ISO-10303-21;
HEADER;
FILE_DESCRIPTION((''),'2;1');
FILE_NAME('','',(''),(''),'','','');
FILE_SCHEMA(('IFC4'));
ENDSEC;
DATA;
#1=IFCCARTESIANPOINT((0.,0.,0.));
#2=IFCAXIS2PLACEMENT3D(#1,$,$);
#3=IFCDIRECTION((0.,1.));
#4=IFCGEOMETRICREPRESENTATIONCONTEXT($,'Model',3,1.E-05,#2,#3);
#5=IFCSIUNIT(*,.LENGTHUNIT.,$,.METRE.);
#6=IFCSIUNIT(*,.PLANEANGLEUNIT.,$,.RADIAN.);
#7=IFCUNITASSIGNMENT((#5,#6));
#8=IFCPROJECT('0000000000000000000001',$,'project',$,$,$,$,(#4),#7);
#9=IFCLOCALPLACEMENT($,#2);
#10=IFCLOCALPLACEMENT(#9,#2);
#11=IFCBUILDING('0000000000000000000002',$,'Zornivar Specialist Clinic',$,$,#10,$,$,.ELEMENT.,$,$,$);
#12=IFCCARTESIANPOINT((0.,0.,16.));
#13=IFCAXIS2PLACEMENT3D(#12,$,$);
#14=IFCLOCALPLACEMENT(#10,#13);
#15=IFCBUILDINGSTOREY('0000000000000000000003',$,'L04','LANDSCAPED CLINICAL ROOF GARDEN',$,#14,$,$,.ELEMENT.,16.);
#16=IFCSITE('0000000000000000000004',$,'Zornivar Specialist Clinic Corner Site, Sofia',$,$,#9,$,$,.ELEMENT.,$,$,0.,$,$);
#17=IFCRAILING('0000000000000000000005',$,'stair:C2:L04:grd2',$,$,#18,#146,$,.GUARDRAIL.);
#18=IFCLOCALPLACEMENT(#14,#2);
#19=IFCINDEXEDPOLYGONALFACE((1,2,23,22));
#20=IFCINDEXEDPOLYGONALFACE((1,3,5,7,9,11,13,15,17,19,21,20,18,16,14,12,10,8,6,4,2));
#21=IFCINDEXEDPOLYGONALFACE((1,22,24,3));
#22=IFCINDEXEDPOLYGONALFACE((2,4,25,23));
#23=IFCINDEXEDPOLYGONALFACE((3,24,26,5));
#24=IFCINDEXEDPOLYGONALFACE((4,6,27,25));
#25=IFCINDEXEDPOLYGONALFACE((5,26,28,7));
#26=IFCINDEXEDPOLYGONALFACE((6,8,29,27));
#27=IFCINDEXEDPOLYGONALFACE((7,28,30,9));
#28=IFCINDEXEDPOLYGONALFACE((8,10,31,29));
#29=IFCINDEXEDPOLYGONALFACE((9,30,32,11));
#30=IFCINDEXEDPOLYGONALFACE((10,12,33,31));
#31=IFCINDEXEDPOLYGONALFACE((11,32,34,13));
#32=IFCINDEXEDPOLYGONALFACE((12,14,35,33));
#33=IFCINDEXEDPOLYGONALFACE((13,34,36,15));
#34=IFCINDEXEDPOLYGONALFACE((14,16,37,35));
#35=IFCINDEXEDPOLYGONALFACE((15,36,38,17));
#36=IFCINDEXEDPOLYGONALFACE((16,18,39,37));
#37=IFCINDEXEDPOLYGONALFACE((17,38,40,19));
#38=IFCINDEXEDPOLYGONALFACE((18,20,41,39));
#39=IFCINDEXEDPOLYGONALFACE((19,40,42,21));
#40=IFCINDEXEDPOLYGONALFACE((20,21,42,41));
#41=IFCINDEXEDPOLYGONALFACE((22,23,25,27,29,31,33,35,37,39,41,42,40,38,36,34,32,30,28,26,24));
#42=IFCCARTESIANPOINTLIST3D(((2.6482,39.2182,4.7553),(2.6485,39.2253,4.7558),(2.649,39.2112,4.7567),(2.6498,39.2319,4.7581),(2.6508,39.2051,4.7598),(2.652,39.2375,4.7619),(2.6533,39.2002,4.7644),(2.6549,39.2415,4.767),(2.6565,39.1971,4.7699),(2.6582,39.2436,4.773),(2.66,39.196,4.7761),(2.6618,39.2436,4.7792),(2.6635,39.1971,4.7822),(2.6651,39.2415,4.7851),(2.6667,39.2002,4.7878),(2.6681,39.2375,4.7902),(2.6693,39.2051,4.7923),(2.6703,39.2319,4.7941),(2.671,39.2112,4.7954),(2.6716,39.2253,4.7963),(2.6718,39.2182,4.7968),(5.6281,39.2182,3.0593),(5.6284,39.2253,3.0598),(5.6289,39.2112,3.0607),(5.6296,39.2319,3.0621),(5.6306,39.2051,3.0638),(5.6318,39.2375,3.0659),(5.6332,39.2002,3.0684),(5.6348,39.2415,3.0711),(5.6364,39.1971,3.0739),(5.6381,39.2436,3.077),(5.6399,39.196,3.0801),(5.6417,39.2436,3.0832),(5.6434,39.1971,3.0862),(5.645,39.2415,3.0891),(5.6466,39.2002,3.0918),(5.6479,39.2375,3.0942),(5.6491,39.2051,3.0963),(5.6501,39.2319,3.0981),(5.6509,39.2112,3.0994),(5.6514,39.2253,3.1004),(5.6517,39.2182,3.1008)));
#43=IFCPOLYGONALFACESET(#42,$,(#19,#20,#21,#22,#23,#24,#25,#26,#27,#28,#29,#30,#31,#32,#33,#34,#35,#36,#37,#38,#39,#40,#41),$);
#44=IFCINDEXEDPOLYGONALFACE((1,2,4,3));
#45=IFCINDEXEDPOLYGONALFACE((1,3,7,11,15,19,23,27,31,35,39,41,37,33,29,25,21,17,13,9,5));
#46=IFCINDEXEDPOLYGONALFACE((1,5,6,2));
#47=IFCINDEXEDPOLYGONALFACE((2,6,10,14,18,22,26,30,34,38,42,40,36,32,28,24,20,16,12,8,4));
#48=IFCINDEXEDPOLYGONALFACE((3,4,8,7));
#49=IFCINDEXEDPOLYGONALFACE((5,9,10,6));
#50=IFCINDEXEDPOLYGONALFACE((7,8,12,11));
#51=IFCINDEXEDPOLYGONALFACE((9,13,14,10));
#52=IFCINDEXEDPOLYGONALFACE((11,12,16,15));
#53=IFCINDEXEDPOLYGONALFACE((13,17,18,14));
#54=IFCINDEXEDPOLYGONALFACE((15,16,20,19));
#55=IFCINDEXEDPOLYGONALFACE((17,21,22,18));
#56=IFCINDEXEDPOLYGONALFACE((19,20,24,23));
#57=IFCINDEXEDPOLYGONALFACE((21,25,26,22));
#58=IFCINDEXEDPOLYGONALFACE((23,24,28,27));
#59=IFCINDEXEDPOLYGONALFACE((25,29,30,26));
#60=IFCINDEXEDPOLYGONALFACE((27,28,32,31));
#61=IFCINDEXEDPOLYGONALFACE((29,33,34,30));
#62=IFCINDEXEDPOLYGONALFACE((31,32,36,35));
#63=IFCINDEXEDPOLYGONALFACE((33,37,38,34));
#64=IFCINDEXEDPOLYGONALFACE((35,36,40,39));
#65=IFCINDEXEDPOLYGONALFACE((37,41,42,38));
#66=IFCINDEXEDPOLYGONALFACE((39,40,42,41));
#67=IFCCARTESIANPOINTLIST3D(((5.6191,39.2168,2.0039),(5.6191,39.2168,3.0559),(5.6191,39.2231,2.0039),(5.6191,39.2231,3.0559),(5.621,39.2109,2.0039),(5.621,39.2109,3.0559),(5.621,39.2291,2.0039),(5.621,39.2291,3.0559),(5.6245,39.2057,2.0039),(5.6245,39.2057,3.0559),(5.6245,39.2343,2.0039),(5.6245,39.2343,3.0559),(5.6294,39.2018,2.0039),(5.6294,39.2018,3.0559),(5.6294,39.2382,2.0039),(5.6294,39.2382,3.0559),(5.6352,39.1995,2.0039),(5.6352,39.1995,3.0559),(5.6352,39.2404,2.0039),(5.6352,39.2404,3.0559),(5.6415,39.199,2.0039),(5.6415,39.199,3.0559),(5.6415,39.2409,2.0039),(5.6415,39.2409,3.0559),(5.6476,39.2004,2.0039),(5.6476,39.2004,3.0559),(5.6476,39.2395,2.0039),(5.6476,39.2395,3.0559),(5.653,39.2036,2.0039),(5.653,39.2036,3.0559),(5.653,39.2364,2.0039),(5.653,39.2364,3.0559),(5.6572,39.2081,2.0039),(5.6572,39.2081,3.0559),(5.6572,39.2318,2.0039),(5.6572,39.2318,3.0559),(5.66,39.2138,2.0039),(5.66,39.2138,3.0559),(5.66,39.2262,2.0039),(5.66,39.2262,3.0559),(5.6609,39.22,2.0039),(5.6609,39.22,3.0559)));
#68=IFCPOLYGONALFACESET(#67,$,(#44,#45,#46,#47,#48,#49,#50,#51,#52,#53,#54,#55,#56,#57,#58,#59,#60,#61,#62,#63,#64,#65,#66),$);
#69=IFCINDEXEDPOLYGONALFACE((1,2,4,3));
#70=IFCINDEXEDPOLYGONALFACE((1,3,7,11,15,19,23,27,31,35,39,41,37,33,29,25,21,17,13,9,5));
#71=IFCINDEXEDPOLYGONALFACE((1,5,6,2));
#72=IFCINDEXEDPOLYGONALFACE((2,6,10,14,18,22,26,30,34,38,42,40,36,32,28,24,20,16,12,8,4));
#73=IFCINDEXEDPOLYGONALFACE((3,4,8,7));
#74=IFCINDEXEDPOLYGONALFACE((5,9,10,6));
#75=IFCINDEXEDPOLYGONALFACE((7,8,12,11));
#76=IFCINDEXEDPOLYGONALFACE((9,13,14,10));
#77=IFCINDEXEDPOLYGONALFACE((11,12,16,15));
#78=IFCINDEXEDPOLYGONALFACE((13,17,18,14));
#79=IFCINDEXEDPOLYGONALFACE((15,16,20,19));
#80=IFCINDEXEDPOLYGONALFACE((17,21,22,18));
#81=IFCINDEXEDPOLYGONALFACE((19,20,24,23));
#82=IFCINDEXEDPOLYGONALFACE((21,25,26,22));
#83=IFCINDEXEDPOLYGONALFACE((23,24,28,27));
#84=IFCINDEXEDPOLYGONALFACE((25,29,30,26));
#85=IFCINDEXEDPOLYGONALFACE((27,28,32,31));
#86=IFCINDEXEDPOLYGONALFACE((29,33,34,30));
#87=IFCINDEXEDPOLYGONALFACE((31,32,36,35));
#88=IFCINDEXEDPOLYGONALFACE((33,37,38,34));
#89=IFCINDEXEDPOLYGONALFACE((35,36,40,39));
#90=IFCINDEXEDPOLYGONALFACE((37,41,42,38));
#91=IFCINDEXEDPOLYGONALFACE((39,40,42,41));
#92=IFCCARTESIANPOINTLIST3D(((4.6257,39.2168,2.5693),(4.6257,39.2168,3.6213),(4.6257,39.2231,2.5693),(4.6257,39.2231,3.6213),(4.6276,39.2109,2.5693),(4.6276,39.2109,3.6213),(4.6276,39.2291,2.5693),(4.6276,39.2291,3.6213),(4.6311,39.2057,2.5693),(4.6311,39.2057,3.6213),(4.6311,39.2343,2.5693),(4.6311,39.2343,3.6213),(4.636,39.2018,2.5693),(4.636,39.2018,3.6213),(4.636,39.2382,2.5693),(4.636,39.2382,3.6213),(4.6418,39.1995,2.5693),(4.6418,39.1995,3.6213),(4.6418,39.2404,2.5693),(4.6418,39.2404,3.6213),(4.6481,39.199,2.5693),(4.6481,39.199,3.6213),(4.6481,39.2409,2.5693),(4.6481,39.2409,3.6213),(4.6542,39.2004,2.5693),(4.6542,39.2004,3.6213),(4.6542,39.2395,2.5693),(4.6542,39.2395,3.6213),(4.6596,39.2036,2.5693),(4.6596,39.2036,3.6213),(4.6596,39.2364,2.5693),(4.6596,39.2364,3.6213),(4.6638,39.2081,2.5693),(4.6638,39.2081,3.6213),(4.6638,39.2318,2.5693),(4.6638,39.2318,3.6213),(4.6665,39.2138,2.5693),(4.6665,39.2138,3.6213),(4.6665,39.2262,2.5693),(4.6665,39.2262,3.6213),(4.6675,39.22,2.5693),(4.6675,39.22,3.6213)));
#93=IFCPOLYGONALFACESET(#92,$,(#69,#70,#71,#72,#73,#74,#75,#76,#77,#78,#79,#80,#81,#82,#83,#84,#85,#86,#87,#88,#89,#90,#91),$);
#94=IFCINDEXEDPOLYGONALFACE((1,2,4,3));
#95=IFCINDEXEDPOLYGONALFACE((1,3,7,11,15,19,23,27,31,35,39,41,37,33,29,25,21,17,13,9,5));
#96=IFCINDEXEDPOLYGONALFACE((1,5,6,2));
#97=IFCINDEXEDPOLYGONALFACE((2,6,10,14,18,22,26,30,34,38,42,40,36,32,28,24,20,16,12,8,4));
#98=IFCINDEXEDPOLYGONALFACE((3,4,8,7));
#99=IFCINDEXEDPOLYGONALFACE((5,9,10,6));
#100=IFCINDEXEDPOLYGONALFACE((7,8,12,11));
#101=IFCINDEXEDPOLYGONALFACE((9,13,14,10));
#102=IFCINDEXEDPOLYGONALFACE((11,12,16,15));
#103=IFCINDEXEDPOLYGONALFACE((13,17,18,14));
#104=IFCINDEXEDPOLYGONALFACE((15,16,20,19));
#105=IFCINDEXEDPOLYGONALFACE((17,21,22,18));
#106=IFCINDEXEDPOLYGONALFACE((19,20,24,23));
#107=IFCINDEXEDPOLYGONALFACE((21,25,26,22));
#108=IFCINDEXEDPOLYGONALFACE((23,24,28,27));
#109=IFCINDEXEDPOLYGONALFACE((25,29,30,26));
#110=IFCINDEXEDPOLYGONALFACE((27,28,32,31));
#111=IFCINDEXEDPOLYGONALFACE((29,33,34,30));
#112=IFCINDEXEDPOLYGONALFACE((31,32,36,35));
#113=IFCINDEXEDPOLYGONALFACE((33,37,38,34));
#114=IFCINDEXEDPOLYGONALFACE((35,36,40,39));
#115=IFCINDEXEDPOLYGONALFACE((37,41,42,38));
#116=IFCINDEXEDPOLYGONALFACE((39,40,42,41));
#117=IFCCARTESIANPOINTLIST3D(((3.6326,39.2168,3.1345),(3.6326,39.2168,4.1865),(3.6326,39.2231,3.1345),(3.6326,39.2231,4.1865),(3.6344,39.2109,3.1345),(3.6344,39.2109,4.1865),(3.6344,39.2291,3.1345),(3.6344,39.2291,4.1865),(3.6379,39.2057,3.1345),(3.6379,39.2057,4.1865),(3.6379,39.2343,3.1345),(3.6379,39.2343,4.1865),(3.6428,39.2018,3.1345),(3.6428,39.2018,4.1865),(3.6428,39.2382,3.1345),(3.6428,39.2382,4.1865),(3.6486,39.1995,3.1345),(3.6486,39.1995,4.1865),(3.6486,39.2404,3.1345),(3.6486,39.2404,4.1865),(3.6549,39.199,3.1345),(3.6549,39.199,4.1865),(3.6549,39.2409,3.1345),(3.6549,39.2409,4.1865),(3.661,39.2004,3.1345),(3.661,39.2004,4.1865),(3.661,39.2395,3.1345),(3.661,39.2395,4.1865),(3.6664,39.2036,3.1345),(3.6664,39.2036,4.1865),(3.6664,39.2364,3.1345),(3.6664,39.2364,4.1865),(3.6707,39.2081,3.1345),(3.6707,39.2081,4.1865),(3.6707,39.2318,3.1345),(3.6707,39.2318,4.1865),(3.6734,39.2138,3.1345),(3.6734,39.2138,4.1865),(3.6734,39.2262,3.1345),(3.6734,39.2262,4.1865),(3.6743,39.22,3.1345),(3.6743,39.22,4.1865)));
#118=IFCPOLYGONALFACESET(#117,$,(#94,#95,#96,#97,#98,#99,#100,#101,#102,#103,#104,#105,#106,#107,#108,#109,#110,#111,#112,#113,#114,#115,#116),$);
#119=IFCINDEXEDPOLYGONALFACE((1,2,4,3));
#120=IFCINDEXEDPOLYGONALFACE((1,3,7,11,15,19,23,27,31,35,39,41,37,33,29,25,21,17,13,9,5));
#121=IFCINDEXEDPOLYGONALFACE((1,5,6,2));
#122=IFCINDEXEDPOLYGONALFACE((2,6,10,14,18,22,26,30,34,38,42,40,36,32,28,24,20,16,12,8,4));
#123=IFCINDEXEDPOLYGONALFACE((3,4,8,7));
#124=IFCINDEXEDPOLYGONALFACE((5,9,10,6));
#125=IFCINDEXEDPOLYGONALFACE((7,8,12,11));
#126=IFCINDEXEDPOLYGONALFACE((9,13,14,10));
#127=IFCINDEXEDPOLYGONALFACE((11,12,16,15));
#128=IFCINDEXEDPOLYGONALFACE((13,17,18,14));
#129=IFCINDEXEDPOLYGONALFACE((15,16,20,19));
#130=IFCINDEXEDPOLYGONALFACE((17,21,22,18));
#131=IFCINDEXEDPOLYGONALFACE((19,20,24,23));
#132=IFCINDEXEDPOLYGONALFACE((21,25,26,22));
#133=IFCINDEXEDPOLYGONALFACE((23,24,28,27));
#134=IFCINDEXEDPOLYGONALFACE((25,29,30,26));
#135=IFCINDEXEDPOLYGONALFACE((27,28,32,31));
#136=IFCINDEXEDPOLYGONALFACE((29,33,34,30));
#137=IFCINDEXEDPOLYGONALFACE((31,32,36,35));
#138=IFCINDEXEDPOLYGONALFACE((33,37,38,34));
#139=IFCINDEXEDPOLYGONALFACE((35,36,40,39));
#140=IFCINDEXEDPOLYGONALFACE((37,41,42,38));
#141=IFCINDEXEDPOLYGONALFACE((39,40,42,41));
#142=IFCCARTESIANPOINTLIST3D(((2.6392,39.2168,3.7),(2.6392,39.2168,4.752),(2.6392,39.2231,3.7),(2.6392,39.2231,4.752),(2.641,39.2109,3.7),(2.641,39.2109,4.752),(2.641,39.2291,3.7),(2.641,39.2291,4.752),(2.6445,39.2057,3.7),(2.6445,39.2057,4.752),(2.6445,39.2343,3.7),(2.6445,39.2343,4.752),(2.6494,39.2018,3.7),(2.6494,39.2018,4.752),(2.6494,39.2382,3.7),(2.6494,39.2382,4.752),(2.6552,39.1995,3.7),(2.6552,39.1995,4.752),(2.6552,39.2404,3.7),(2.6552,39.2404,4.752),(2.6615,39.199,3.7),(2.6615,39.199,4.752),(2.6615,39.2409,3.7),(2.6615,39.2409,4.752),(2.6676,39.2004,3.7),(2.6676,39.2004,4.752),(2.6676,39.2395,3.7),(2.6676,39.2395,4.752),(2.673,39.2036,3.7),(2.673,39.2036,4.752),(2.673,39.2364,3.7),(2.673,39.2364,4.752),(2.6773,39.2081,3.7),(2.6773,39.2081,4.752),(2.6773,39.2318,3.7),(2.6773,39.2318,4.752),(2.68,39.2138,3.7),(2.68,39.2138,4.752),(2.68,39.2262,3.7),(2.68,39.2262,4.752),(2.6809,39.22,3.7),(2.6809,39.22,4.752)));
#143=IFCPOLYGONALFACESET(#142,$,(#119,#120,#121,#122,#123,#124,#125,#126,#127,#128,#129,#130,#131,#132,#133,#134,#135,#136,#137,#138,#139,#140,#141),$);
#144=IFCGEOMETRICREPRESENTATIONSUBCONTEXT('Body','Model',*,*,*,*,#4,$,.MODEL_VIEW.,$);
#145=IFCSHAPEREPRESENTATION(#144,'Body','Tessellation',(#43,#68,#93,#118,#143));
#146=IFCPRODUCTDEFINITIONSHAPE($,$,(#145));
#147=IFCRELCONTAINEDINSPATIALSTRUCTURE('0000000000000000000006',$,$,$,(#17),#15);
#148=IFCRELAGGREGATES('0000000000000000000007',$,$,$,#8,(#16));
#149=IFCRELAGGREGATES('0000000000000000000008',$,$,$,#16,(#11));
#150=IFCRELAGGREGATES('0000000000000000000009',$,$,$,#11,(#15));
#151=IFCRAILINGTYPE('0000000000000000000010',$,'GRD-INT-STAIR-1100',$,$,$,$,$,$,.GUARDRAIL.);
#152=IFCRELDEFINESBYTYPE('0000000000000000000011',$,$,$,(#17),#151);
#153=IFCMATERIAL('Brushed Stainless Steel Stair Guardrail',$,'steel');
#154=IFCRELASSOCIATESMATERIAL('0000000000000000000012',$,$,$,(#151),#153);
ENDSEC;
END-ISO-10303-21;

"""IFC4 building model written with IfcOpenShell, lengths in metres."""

from ifc_helpers import new_model, si_unit, direction, frame, origin, origin_2d, place, context, subcontext, project, spatial, circle, extrude, material, type_object, element, save


model = new_model("IFC4")

# Units and contexts
model_context = context("Model", 3, precision=1e-05, world=origin(), true_north=direction((0.0, 1.0)))
body_context = subcontext(model_context, "Body", "Model", "MODEL_VIEW")
ifc_project = project(units=[si_unit("LENGTHUNIT", "METRE"), si_unit("PLANEANGLEUNIT", "RADIAN")], contexts=[model_context])

# Site, building, storey
site_placement = place(None, origin())
site = spatial("IfcSite", under=ifc_project, at=site_placement, Name="Zornivar Specialist Clinic Corner Site, Sofia", CompositionType="ELEMENT", RefElevation=0.0)
building_placement = place(site_placement, origin())
building = spatial("IfcBuilding", under=site, at=building_placement, Name="Zornivar Specialist Clinic", CompositionType="ELEMENT")
storey_placement = place(building_placement, frame((0.0, 0.0, 16.0)))
storey = spatial("IfcBuildingStorey", under=building, at=storey_placement, Name="L04", Description="LANDSCAPED CLINICAL ROOF GARDEN", CompositionType="ELEMENT", Elevation=16.0)

# Railing
ifc_material_1 = material(Name="Brushed Stainless Steel Stair Guardrail", Category="steel")
railing_type_1 = type_object("IfcRailingType", Name="GRD-INT-STAIR-1100", PredefinedType="GUARDRAIL", material=ifc_material_1)
railing_1_placement = place(storey_placement, frame((5.6399, 39.22, 2.0039)))
element("IfcRailing", 1, at=railing_1_placement, inside=storey, type_object=railing_type_1, Name="stair:C2:L04:grd2", PredefinedType="GUARDRAIL", context=body_context, shape_type="SweptSolid", body=[
    extrude(circle(Radius=0.0239, at=origin_2d()), frame((0.0, 0.0, 1.0762), z_axis=(-0.869096, 0.0, 0.494643), x_axis=(0.0, -1.0, 0.0)), (0.0, 0.0, 1.0), 3.4287),
    extrude(circle(Radius=0.021, at=origin_2d()), origin(), (0.0, 0.0, 1.0), 1.052),
    extrude(circle(Radius=0.021, at=origin_2d()), frame((-0.9934, 0.0, 0.5654)), (0.0, 0.0, 1.0), 1.052),
    extrude(circle(Radius=0.021, at=origin_2d()), frame((-1.9866, 0.0, 1.1306)), (0.0, 0.0, 1.0), 1.052),
    extrude(circle(Radius=0.021, at=origin_2d()), frame((-2.98, 0.0, 1.696)), (0.0, 0.0, 1.0), 1.052),
])

save(model, "model.ifc")
